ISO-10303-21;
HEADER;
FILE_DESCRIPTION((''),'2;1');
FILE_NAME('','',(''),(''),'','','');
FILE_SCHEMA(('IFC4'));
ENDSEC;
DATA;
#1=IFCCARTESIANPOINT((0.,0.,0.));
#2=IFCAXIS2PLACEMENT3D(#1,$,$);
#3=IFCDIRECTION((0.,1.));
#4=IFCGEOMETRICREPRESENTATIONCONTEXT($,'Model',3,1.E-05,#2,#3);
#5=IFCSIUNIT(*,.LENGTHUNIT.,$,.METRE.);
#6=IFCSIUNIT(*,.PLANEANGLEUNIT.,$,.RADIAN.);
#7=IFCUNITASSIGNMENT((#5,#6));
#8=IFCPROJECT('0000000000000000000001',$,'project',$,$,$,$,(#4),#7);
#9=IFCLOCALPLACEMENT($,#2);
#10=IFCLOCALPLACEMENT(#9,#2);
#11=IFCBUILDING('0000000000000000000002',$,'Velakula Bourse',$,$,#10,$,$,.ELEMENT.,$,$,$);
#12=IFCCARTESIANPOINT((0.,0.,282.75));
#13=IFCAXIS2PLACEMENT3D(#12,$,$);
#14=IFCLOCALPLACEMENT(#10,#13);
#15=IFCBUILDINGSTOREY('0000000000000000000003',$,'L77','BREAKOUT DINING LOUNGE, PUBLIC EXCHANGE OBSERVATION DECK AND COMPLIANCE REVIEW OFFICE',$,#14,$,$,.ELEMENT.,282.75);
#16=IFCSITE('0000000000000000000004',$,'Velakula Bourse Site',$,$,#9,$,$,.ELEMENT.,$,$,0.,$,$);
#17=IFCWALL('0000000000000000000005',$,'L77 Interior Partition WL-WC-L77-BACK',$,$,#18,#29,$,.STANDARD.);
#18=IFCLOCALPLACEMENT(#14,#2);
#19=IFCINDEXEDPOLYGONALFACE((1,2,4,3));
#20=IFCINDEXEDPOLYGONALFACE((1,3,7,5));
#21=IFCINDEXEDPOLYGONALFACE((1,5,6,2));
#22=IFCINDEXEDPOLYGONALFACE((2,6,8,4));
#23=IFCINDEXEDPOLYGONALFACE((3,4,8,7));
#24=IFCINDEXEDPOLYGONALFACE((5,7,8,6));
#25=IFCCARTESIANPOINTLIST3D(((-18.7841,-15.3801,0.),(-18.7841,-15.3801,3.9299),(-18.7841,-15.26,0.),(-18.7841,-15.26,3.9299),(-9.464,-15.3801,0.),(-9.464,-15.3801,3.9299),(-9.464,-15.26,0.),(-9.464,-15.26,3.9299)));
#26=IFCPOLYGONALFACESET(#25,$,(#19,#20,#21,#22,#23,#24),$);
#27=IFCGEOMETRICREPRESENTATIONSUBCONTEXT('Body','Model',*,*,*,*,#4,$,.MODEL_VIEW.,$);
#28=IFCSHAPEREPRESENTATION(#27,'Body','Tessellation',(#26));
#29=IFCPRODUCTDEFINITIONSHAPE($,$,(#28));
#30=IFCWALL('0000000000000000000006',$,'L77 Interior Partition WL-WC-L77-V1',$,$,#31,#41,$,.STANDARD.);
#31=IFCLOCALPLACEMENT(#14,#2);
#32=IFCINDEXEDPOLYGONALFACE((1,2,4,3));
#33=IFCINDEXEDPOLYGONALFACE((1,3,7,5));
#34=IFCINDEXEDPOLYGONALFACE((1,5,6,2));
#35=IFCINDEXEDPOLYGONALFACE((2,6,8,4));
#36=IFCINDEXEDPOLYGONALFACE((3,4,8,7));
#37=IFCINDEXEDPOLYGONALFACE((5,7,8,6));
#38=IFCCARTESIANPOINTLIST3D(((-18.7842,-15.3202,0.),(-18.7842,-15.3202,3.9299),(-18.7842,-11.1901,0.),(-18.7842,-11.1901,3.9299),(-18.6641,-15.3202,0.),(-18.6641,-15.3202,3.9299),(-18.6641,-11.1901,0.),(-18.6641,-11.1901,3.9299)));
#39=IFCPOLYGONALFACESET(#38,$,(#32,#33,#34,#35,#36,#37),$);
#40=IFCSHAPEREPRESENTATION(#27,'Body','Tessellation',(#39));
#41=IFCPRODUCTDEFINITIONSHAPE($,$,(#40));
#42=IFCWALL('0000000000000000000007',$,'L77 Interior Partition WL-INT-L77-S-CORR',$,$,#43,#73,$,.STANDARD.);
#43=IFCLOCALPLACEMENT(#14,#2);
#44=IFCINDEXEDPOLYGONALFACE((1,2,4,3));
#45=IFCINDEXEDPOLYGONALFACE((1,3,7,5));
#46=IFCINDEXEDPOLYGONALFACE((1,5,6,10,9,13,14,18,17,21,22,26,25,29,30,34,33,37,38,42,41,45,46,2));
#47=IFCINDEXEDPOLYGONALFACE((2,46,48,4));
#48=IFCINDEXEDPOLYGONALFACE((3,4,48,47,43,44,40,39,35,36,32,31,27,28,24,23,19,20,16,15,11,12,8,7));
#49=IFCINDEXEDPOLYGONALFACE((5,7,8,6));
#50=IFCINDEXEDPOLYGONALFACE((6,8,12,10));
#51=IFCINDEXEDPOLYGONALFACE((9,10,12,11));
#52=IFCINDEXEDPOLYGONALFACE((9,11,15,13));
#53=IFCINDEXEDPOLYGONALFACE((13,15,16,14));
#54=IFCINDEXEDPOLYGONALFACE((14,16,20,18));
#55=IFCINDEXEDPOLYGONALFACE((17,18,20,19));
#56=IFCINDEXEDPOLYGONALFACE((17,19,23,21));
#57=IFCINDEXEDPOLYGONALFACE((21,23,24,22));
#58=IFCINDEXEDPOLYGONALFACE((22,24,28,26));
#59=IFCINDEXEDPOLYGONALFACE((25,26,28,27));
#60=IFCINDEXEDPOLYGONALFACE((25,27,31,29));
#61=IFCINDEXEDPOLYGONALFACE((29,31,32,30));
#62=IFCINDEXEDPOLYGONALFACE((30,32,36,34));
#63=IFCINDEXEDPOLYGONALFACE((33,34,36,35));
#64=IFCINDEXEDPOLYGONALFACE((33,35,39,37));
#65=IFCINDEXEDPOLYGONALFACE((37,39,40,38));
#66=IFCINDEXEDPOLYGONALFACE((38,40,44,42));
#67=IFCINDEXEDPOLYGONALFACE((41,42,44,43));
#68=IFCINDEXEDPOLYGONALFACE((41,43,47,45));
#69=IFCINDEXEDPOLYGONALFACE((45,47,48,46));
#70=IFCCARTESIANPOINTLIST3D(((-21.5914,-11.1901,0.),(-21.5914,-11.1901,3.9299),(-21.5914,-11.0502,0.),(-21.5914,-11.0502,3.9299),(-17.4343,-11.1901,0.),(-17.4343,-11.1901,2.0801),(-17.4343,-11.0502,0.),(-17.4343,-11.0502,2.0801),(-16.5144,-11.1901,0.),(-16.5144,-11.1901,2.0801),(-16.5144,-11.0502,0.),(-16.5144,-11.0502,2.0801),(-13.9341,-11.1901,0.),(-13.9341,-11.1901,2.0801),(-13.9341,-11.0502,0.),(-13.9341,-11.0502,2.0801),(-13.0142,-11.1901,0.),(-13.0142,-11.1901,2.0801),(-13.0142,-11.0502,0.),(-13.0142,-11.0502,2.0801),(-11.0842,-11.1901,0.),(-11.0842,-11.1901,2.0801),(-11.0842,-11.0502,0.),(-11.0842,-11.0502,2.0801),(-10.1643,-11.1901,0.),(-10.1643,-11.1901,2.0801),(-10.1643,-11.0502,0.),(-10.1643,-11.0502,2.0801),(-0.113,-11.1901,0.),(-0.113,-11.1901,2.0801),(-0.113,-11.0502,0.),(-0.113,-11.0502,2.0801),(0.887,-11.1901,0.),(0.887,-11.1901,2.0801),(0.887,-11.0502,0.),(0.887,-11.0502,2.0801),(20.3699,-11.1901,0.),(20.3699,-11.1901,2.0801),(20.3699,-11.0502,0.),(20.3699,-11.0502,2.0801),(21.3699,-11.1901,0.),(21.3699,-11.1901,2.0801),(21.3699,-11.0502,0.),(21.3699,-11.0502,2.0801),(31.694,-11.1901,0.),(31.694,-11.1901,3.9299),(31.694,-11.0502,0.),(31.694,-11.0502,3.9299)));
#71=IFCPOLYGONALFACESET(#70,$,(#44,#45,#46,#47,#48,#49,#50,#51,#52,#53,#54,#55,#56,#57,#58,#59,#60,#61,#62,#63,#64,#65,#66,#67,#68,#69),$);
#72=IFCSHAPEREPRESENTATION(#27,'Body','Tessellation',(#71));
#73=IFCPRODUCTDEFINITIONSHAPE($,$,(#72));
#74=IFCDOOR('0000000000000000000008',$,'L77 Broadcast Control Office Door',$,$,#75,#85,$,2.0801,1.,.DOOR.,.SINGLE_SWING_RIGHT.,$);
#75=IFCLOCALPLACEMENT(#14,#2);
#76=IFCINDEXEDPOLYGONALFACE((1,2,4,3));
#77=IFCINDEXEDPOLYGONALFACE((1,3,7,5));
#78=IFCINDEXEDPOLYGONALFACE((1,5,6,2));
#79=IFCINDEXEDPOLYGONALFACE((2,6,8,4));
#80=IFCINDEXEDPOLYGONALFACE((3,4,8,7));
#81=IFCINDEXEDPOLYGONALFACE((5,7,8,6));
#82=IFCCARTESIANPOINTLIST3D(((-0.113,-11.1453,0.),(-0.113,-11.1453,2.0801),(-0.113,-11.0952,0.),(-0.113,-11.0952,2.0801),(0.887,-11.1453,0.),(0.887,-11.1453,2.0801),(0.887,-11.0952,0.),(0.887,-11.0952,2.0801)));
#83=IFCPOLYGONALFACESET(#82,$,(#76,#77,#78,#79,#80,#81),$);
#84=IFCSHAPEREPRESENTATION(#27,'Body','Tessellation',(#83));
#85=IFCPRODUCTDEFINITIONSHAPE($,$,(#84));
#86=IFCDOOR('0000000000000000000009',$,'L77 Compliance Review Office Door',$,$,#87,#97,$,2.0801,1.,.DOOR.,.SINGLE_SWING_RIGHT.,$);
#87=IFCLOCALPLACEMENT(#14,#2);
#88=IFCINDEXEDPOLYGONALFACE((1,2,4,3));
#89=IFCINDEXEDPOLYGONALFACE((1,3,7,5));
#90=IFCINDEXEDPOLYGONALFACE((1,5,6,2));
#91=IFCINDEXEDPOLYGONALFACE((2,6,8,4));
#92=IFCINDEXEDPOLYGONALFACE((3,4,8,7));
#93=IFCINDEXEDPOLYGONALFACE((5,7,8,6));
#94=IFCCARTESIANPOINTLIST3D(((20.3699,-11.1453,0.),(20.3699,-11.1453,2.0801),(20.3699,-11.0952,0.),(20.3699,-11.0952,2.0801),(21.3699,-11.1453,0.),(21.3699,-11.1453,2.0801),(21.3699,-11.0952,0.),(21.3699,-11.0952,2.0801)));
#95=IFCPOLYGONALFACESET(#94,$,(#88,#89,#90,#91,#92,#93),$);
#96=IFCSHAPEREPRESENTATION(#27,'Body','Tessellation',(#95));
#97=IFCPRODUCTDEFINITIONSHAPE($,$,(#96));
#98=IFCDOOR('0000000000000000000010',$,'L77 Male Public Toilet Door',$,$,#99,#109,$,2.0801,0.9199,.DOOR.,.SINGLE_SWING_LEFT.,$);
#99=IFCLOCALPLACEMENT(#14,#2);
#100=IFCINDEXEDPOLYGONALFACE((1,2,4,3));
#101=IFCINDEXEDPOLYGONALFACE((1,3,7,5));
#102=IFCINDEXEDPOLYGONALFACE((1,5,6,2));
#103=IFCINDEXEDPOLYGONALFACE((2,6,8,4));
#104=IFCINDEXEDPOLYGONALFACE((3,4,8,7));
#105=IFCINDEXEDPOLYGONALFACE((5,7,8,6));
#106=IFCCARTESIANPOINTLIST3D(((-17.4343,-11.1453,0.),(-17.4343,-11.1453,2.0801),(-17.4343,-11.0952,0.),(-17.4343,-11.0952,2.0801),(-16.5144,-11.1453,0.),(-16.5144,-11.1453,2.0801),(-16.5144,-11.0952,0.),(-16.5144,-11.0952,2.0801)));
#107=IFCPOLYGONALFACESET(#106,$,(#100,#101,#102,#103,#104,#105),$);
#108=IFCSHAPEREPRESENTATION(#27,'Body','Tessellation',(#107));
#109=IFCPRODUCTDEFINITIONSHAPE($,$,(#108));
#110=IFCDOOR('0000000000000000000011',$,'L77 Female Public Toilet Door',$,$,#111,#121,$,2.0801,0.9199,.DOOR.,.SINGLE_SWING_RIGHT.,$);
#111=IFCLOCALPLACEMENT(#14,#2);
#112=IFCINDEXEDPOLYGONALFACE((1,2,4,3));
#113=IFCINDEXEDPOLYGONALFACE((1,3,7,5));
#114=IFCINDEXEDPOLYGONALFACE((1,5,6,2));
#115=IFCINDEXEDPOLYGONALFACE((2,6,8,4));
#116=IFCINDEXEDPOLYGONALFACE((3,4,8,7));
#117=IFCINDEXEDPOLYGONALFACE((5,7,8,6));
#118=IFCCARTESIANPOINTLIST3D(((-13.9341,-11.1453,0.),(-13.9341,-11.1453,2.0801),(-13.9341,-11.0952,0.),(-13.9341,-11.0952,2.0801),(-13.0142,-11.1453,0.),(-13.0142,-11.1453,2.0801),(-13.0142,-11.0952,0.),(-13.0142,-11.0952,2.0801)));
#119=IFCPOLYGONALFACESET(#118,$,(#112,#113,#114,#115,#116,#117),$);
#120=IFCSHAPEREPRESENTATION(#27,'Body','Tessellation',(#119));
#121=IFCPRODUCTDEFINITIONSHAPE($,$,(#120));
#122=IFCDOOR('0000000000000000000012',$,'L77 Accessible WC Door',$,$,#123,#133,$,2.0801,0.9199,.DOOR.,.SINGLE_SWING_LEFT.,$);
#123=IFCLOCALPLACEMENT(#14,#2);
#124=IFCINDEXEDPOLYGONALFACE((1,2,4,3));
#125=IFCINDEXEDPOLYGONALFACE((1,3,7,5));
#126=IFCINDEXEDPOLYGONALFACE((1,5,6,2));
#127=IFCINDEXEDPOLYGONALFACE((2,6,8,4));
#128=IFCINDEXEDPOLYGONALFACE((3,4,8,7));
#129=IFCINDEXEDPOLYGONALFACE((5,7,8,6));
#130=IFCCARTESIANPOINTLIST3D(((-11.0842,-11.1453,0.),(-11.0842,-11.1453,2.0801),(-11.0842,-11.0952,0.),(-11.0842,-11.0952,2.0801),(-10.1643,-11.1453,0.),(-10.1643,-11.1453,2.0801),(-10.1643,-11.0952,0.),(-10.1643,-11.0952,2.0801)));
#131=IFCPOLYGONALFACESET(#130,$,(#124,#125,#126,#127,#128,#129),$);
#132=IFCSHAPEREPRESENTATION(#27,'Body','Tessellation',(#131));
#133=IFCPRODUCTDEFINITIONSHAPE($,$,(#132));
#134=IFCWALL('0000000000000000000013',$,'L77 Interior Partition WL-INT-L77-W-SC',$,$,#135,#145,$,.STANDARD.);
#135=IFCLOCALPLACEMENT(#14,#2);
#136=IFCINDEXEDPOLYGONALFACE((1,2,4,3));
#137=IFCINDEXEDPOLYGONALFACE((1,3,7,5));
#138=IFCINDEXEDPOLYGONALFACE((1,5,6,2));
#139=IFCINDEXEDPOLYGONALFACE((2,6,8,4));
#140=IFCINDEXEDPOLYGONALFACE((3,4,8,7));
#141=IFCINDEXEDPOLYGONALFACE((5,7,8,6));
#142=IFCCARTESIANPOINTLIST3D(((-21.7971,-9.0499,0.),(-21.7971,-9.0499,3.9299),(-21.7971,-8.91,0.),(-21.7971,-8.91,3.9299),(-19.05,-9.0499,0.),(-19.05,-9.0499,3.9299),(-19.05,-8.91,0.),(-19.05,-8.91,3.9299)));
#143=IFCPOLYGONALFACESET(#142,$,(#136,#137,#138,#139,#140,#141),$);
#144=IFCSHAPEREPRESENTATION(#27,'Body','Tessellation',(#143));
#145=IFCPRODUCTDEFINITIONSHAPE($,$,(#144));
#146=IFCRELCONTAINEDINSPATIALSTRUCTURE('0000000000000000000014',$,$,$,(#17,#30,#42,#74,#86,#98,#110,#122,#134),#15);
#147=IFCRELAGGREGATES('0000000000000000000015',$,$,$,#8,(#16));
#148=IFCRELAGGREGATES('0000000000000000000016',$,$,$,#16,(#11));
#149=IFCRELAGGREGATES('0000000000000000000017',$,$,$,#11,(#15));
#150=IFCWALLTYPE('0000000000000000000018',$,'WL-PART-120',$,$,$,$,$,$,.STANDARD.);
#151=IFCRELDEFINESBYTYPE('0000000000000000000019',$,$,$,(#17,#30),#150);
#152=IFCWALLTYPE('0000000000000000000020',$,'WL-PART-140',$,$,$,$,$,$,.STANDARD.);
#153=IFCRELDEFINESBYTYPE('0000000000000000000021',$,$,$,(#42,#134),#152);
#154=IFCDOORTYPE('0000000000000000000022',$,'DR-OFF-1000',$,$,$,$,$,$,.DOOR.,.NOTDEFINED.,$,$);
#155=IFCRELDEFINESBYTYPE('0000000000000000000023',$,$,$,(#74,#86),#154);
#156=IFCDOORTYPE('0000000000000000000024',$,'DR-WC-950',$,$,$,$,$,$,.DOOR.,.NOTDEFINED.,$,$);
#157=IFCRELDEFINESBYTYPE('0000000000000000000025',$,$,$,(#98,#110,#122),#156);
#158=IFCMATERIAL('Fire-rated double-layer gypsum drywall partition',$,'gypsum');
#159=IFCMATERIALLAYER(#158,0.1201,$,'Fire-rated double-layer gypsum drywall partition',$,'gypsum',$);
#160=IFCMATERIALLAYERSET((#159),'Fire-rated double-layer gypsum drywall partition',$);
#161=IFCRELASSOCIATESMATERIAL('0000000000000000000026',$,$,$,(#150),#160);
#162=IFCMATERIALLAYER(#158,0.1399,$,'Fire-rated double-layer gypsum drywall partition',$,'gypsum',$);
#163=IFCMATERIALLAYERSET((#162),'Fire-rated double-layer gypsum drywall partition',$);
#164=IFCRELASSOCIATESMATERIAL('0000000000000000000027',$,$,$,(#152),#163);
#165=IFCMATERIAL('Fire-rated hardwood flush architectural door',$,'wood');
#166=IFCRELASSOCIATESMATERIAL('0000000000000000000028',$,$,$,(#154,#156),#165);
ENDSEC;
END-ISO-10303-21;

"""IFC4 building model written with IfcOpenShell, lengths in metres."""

from ifc_helpers import new_model, si_unit, direction, frame, frame_2d, origin, place, context, subcontext, project, spatial, rectangle, extrude, material, layer, layer_set, type_object, element, fill, save


model = new_model("IFC4")

# Units and contexts
model_context = context("Model", 3, precision=1e-05, world=origin(), true_north=direction((0.0, 1.0)))
body_context = subcontext(model_context, "Body", "Model", "MODEL_VIEW")
ifc_project = project(units=[si_unit("LENGTHUNIT", "METRE"), si_unit("PLANEANGLEUNIT", "RADIAN")], contexts=[model_context])

# Site, building, storey
site_placement = place(None, origin())
site = spatial("IfcSite", under=ifc_project, at=site_placement, Name="Velakula Bourse Site", CompositionType="ELEMENT", RefElevation=0.0)
building_placement = place(site_placement, origin())
building = spatial("IfcBuilding", under=site, at=building_placement, Name="Velakula Bourse", CompositionType="ELEMENT")
storey_placement = place(building_placement, frame((0.0, 0.0, 282.75)))
storey = spatial("IfcBuildingStorey", under=building, at=storey_placement, Name="L77", Description="BREAKOUT DINING LOUNGE, PUBLIC EXCHANGE OBSERVATION DECK AND COMPLIANCE REVIEW OFFICE", CompositionType="ELEMENT", Elevation=282.75)

# Walls
ifc_material_1 = material(Name="Fire-rated double-layer gypsum drywall partition", Category="gypsum")
ifc_layer_1 = layer(ifc_material_1, 0.1201, Name="Fire-rated double-layer gypsum drywall partition", Category="gypsum")
ifc_layer_set_1 = layer_set([ifc_layer_1], Name="Fire-rated double-layer gypsum drywall partition")
wall_type_1 = type_object("IfcWallType", Name="WL-PART-120", PredefinedType="STANDARD", material=ifc_layer_set_1)
wall_1_placement = place(storey_placement, frame((-18.7842, -15.3201, 0.0), z_axis=(0.0, 0.0, 1.0), x_axis=(1.0, 0.0, 0.0)))
element("IfcWall", 1, at=wall_1_placement, inside=storey, type_object=wall_type_1, Name="L77 Interior Partition WL-WC-L77-BACK", PredefinedType="STANDARD", context=body_context, shape_type="SweptSolid", body=[
    extrude(rectangle(XDim=9.3201, YDim=0.1201, at=frame_2d((4.6602, 0.0))), origin(), (0.0, 0.0, 1.0), 3.9299),
])
wall_2_placement = place(storey_placement, frame((-18.7241, -15.3201, 0.0), z_axis=(0.0, 0.0, 1.0), x_axis=(0.0, 1.0, 0.0)))
element("IfcWall", 2, at=wall_2_placement, inside=storey, type_object=wall_type_1, Name="L77 Interior Partition WL-WC-L77-V1", PredefinedType="STANDARD", context=body_context, shape_type="SweptSolid", body=[
    extrude(rectangle(XDim=4.1301, YDim=0.1201, at=frame_2d((2.0649, 0.0))), origin(), (0.0, 0.0, 1.0), 3.9299),
])

# Wall, openings, doors
ifc_layer_2 = layer(ifc_material_1, 0.1399, Name="Fire-rated double-layer gypsum drywall partition", Category="gypsum")
ifc_layer_set_2 = layer_set([ifc_layer_2], Name="Fire-rated double-layer gypsum drywall partition")
wall_type_2 = type_object("IfcWallType", Name="WL-PART-140", PredefinedType="STANDARD", material=ifc_layer_set_2)
wall_3_placement = place(storey_placement, frame((-21.5913, -11.1201, 0.0), z_axis=(0.0, 0.0, 1.0), x_axis=(1.0, 0.0, 0.0)))
wall_3 = element("IfcWall", 3, at=wall_3_placement, inside=storey, type_object=wall_type_2, Name="L77 Interior Partition WL-INT-L77-S-CORR", PredefinedType="STANDARD", context=body_context, shape_type="SweptSolid", body=[
    extrude(rectangle(XDim=53.2854, YDim=0.1399, at=frame_2d((26.6426, 0.0))), origin(), (0.0, 0.0, 1.0), 3.9299),
])
opening_1_placement = place(wall_3_placement, frame((4.157, 0.0, 0.0)))
opening_1 = element("IfcOpeningElement", 4, at=opening_1_placement, cuts=wall_3, PredefinedType="OPENING", context=body_context, shape_type="SweptSolid", body=[
    extrude(rectangle(XDim=0.9199, YDim=2.0801, at=frame_2d((0.46, 1.04))), frame((0.0, 0.0798, 0.0), z_axis=(0.0, -1.0, 0.0), x_axis=(1.0, 0.0, 0.0)), (0.0, 0.0, 1.0), 0.1599),
])
opening_2_placement = place(wall_3_placement, frame((7.6572, 0.0, 0.0)))
opening_2 = element("IfcOpeningElement", 5, at=opening_2_placement, cuts=wall_3, PredefinedType="OPENING", context=body_context, shape_type="SweptSolid", body=[
    extrude(rectangle(XDim=0.9199, YDim=2.0801, at=frame_2d((0.46, 1.04))), frame((0.0, 0.0798, 0.0), z_axis=(0.0, -1.0, 0.0), x_axis=(1.0, 0.0, 0.0)), (0.0, 0.0, 1.0), 0.1599),
])
opening_3_placement = place(wall_3_placement, frame((10.5071, 0.0, 0.0)))
opening_3 = element("IfcOpeningElement", 6, at=opening_3_placement, cuts=wall_3, PredefinedType="OPENING", context=body_context, shape_type="SweptSolid", body=[
    extrude(rectangle(XDim=0.9199, YDim=2.0801, at=frame_2d((0.46, 1.04))), frame((0.0, 0.0798, 0.0), z_axis=(0.0, -1.0, 0.0), x_axis=(1.0, 0.0, 0.0)), (0.0, 0.0, 1.0), 0.1599),
])
opening_4_placement = place(wall_3_placement, frame((21.4783, 0.0, 0.0)))
opening_4 = element("IfcOpeningElement", 7, at=opening_4_placement, cuts=wall_3, PredefinedType="OPENING", context=body_context, shape_type="SweptSolid", body=[
    extrude(rectangle(XDim=1.0, YDim=2.0801, at=frame_2d((0.5, 1.04))), frame((0.0, 0.0798, 0.0), z_axis=(0.0, -1.0, 0.0), x_axis=(1.0, 0.0, 0.0)), (0.0, 0.0, 1.0), 0.1599),
])
opening_5_placement = place(wall_3_placement, frame((41.9612, 0.0, 0.0)))
opening_5 = element("IfcOpeningElement", 8, at=opening_5_placement, cuts=wall_3, PredefinedType="OPENING", context=body_context, shape_type="SweptSolid", body=[
    extrude(rectangle(XDim=1.0, YDim=2.0801, at=frame_2d((0.5, 1.04))), frame((0.0, 0.0798, 0.0), z_axis=(0.0, -1.0, 0.0), x_axis=(1.0, 0.0, 0.0)), (0.0, 0.0, 1.0), 0.1599),
])
ifc_material_2 = material(Name="Fire-rated hardwood flush architectural door", Category="wood")
door_type_1 = type_object("IfcDoorType", Name="DR-OFF-1000", OperationType="NOTDEFINED", PredefinedType="DOOR", material=ifc_material_2)
door_1_placement = place(opening_4_placement, origin())
door_1 = element("IfcDoor", 9, at=door_1_placement, inside=storey, type_object=door_type_1, Name="L77 Broadcast Control Office Door", OperationType="SINGLE_SWING_RIGHT", OverallHeight=2.0801, OverallWidth=1.0, PredefinedType="DOOR", context=body_context, shape_type="SweptSolid", body=[
    extrude(rectangle(XDim=1.0, YDim=2.0801, at=frame_2d((0.5, 1.04))), frame((0.0, 0.0249, 0.0), z_axis=(0.0, -1.0, 0.0), x_axis=(1.0, 0.0, 0.0)), (0.0, 0.0, 1.0), 0.05),
])
fill(opening_4, door_1)
door_2_placement = place(opening_5_placement, origin())
door_2 = element("IfcDoor", 10, at=door_2_placement, inside=storey, type_object=door_type_1, Name="L77 Compliance Review Office Door", OperationType="SINGLE_SWING_RIGHT", OverallHeight=2.0801, OverallWidth=1.0, PredefinedType="DOOR", context=body_context, shape_type="SweptSolid", body=[
    extrude(rectangle(XDim=1.0, YDim=2.0801, at=frame_2d((0.5, 1.04))), frame((0.0, 0.0249, 0.0), z_axis=(0.0, -1.0, 0.0), x_axis=(1.0, 0.0, 0.0)), (0.0, 0.0, 1.0), 0.05),
])
fill(opening_5, door_2)
door_type_2 = type_object("IfcDoorType", Name="DR-WC-950", OperationType="NOTDEFINED", PredefinedType="DOOR", material=ifc_material_2)
door_3_placement = place(opening_1_placement, origin())
door_3 = element("IfcDoor", 11, at=door_3_placement, inside=storey, type_object=door_type_2, Name="L77 Male Public Toilet Door", OperationType="SINGLE_SWING_LEFT", OverallHeight=2.0801, OverallWidth=0.9199, PredefinedType="DOOR", context=body_context, shape_type="SweptSolid", body=[
    extrude(rectangle(XDim=0.9199, YDim=2.0801, at=frame_2d((0.46, 1.04))), frame((0.0, 0.0249, 0.0), z_axis=(0.0, -1.0, 0.0), x_axis=(1.0, 0.0, 0.0)), (0.0, 0.0, 1.0), 0.05),
])
fill(opening_1, door_3)
door_4_placement = place(opening_2_placement, origin())
door_4 = element("IfcDoor", 12, at=door_4_placement, inside=storey, type_object=door_type_2, Name="L77 Female Public Toilet Door", OperationType="SINGLE_SWING_RIGHT", OverallHeight=2.0801, OverallWidth=0.9199, PredefinedType="DOOR", context=body_context, shape_type="SweptSolid", body=[
    extrude(rectangle(XDim=0.9199, YDim=2.0801, at=frame_2d((0.46, 1.04))), frame((0.0, 0.0249, 0.0), z_axis=(0.0, -1.0, 0.0), x_axis=(1.0, 0.0, 0.0)), (0.0, 0.0, 1.0), 0.05),
])
fill(opening_2, door_4)
door_5_placement = place(opening_3_placement, origin())
door_5 = element("IfcDoor", 13, at=door_5_placement, inside=storey, type_object=door_type_2, Name="L77 Accessible WC Door", OperationType="SINGLE_SWING_LEFT", OverallHeight=2.0801, OverallWidth=0.9199, PredefinedType="DOOR", context=body_context, shape_type="SweptSolid", body=[
    extrude(rectangle(XDim=0.9199, YDim=2.0801, at=frame_2d((0.46, 1.04))), frame((0.0, 0.0249, 0.0), z_axis=(0.0, -1.0, 0.0), x_axis=(1.0, 0.0, 0.0)), (0.0, 0.0, 1.0), 0.05),
])
fill(opening_3, door_5)

# Wall
wall_4_placement = place(storey_placement, frame((-21.7971, -8.98, 0.0), z_axis=(0.0, 0.0, 1.0), x_axis=(1.0, 0.0, 0.0)))
element("IfcWall", 14, at=wall_4_placement, inside=storey, type_object=wall_type_2, Name="L77 Interior Partition WL-INT-L77-W-SC", PredefinedType="STANDARD", context=body_context, shape_type="SweptSolid", body=[
    extrude(rectangle(XDim=2.7471, YDim=0.1399, at=frame_2d((1.3735, 0.0))), origin(), (0.0, 0.0, 1.0), 3.9299),
])

save(model, "model.ifc")
